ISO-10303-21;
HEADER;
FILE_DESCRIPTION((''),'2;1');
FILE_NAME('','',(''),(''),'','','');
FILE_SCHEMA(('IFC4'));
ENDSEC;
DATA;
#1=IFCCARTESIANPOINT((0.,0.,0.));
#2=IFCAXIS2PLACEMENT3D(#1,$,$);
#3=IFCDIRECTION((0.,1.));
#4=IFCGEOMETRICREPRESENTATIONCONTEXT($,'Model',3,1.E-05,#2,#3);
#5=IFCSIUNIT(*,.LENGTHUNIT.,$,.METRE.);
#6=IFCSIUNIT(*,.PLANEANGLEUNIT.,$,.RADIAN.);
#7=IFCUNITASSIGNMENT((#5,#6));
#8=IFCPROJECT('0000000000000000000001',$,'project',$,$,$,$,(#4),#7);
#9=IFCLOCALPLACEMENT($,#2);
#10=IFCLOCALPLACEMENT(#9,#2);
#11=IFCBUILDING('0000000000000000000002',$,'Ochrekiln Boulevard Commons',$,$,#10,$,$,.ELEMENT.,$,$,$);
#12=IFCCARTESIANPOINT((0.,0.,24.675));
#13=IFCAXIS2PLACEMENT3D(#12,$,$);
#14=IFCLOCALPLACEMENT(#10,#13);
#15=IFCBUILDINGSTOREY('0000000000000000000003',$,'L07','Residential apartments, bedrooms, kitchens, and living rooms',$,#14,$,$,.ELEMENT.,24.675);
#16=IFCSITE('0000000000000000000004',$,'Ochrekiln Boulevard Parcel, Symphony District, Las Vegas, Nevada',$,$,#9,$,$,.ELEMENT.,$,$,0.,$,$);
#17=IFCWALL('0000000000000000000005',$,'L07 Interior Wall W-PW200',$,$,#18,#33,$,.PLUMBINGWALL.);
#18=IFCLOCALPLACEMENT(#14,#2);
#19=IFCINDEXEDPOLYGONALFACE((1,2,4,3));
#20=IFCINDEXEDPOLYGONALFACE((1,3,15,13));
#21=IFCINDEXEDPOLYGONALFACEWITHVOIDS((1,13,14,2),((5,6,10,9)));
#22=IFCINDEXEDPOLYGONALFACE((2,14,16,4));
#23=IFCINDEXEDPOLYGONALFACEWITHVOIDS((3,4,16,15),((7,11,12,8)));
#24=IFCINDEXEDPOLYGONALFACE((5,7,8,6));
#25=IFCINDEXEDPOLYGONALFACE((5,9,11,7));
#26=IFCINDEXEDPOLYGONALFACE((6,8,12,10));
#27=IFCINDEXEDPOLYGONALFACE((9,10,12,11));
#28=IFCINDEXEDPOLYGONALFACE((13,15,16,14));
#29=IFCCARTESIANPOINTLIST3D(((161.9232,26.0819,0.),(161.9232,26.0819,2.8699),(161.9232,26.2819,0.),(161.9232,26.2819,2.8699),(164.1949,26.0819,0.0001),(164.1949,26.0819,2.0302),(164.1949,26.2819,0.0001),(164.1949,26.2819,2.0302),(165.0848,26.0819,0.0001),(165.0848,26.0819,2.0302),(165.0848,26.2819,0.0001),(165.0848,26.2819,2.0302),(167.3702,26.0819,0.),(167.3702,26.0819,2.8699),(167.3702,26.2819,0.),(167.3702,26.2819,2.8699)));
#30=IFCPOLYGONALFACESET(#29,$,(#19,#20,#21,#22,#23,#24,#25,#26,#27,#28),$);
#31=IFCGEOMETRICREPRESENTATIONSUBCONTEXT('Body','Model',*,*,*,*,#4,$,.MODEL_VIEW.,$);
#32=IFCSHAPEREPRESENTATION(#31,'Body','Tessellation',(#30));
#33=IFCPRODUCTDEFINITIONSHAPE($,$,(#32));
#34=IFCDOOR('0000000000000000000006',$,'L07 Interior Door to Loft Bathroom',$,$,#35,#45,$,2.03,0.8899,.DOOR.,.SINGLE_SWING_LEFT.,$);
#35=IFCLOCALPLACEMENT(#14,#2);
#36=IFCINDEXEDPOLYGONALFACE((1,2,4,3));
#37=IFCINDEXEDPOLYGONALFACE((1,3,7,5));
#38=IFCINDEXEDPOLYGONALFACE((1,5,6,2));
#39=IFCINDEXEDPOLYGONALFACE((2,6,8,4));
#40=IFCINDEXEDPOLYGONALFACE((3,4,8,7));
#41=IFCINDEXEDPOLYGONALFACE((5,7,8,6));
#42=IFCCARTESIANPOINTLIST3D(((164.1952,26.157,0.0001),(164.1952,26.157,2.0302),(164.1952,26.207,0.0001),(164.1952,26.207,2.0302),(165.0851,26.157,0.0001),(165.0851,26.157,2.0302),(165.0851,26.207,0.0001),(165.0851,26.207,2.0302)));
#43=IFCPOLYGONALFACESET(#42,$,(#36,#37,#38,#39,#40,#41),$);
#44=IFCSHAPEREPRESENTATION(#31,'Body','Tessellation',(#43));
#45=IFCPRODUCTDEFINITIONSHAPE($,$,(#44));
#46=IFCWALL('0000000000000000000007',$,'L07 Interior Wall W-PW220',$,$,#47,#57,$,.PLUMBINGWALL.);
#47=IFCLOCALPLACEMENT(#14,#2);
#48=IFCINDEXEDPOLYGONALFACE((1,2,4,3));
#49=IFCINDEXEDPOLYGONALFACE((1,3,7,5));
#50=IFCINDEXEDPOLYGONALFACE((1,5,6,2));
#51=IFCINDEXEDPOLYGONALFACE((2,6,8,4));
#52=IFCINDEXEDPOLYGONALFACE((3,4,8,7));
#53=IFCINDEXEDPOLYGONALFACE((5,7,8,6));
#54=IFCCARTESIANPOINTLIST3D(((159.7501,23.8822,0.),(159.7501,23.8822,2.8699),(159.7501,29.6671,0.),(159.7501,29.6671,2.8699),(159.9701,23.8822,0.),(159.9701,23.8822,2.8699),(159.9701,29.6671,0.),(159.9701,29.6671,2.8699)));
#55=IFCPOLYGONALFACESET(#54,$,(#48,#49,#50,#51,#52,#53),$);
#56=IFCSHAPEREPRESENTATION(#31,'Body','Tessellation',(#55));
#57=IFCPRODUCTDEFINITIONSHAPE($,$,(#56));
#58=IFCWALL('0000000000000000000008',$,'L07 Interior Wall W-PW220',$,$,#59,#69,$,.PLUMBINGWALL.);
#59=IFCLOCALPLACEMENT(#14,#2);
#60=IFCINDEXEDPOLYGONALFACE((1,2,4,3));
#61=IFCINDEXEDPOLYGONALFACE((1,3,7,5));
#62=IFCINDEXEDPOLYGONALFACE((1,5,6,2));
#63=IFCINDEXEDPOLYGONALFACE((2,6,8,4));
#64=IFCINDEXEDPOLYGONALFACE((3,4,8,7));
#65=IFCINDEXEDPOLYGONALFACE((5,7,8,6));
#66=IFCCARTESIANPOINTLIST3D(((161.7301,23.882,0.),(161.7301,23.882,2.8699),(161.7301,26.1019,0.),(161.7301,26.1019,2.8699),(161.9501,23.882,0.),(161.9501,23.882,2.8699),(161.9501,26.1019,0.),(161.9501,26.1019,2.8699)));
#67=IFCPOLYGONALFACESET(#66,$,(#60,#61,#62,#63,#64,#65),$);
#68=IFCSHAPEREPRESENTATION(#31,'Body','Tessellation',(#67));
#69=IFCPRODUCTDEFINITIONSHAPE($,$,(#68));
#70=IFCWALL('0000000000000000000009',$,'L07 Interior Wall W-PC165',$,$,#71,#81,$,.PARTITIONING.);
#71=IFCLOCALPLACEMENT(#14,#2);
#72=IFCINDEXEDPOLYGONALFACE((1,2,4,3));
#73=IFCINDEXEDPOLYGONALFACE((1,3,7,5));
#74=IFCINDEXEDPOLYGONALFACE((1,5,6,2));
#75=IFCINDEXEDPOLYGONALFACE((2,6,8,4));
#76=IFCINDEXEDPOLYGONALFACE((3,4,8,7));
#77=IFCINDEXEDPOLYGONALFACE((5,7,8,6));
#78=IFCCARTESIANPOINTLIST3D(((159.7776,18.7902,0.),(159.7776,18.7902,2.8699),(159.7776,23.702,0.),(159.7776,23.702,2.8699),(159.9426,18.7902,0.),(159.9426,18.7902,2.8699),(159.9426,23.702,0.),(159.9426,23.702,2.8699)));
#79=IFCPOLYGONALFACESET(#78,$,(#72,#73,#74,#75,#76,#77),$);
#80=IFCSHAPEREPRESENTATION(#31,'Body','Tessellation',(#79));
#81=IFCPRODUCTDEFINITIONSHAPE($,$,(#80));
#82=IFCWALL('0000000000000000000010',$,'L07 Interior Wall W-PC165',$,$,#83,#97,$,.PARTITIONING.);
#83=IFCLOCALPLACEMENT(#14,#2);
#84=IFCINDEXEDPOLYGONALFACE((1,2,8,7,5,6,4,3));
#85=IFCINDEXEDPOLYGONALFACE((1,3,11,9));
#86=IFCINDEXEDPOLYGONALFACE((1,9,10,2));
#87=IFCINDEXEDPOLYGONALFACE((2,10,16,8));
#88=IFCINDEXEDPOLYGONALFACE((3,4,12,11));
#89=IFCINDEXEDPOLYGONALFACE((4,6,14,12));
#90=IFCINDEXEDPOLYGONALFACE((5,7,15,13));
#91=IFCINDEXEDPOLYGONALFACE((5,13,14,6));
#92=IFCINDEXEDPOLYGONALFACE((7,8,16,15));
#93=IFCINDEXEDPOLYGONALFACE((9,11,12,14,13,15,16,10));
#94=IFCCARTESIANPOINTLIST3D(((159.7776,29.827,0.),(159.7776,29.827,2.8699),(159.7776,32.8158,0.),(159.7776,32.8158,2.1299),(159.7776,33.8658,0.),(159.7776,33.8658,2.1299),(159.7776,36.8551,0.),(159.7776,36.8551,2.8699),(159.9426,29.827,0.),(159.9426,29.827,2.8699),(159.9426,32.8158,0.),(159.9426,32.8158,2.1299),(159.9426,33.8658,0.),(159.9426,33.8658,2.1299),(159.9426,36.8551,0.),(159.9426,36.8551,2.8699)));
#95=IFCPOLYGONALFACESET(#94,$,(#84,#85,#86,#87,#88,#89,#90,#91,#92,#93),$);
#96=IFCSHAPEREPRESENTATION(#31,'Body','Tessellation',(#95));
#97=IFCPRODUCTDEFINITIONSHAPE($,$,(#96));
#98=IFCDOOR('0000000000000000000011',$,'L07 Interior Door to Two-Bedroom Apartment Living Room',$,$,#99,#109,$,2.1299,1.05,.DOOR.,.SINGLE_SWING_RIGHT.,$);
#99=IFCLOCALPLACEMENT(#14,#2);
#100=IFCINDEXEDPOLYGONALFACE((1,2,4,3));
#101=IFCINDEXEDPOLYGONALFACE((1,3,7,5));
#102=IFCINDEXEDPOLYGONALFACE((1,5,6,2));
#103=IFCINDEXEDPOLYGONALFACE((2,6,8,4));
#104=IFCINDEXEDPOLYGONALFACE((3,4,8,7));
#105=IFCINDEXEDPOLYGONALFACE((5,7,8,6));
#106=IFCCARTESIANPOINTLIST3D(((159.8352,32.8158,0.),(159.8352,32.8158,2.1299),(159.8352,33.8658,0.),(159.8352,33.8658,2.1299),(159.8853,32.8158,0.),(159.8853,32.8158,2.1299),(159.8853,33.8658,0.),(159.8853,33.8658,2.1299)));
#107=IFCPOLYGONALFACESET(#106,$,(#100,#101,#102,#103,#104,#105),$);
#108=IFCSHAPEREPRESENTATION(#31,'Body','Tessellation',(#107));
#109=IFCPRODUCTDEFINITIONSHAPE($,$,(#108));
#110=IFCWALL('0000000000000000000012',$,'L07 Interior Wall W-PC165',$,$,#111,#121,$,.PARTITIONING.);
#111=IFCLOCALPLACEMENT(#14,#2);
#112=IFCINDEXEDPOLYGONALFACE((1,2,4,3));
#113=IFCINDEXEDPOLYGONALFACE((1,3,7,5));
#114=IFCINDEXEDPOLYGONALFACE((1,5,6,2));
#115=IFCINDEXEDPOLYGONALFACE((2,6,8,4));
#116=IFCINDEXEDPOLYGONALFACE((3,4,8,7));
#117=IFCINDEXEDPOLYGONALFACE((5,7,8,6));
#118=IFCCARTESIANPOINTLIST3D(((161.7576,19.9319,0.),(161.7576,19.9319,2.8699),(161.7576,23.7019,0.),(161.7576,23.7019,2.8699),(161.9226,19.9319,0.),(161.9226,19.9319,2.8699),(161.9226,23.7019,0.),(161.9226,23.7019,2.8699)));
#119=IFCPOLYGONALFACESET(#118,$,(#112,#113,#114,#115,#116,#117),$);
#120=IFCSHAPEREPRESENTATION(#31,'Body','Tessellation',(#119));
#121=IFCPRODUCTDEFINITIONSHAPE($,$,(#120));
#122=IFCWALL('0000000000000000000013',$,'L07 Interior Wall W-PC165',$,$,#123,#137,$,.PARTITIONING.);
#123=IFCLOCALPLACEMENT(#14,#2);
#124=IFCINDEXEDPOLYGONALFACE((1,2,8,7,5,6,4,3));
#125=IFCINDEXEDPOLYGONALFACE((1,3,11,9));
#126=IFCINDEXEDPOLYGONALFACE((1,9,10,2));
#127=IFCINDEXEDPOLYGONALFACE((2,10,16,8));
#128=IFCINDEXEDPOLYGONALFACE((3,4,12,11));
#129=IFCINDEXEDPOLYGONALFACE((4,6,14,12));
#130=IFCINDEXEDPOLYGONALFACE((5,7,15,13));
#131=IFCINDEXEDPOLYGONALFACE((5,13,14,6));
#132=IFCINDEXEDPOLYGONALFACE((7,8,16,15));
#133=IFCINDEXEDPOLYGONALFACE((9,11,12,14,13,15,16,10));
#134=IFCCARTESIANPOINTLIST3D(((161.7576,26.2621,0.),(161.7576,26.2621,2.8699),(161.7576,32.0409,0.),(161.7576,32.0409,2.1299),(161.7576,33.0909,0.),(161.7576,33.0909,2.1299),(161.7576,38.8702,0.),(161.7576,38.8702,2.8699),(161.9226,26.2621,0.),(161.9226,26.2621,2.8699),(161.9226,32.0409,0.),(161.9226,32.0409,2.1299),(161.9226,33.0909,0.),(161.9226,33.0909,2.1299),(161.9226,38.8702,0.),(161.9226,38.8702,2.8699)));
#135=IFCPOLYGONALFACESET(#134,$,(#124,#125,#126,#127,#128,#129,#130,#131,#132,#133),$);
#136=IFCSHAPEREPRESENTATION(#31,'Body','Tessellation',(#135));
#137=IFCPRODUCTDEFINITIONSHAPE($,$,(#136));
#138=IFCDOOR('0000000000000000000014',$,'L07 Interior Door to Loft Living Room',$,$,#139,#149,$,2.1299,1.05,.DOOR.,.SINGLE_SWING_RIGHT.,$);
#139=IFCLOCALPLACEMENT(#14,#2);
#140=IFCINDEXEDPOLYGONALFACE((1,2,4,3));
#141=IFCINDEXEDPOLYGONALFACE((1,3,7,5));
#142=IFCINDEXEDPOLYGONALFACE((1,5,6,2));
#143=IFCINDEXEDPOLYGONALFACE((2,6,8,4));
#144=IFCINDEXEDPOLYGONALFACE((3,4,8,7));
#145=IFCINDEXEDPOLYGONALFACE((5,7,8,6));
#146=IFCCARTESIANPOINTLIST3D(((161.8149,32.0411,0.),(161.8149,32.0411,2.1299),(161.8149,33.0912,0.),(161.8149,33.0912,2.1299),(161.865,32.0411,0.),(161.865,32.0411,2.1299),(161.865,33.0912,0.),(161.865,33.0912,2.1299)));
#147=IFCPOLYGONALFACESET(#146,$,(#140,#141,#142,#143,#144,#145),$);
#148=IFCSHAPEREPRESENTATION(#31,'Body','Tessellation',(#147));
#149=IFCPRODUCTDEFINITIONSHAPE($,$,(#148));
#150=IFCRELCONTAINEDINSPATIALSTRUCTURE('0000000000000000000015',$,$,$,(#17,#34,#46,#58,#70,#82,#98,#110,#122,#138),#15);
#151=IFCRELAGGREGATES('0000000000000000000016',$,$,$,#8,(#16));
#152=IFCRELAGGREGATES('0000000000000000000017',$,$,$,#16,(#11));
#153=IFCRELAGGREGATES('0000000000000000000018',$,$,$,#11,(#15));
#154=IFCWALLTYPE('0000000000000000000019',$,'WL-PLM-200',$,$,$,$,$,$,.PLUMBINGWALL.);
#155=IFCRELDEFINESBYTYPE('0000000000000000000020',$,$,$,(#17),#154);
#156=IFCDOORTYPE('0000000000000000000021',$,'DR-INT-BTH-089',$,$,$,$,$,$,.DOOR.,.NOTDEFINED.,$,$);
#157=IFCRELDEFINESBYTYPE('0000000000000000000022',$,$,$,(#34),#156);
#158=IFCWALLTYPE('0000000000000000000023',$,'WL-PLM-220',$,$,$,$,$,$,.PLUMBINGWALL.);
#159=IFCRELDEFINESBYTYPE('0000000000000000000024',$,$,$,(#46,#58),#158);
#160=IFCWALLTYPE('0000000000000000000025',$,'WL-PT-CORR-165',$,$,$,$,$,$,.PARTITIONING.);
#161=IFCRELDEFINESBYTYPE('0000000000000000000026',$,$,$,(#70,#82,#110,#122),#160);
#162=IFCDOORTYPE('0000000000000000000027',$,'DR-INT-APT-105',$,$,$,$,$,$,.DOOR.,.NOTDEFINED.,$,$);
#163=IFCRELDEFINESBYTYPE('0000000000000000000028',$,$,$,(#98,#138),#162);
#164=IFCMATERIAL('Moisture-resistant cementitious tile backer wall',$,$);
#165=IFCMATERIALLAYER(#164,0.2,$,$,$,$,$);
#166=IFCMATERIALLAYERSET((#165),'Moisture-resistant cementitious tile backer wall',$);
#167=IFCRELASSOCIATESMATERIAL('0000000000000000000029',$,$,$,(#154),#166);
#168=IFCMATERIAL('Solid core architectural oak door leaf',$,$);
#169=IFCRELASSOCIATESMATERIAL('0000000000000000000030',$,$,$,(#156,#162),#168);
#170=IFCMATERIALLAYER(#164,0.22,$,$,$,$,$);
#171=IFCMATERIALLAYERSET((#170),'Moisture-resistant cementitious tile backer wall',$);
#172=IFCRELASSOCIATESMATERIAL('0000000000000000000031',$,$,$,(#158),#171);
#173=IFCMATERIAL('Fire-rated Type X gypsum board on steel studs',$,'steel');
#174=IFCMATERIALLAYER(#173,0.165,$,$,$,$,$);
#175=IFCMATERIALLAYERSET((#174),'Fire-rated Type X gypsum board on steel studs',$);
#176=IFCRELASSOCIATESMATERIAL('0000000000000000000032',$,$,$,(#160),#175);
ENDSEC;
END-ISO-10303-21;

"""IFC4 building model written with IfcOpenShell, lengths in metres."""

from ifc_helpers import new_model, si_unit, direction, frame, frame_2d, origin, place, context, subcontext, project, spatial, rectangle, extrude, material, layer, layer_set, type_object, element, fill, save


model = new_model("IFC4")

# Units and contexts
model_context = context("Model", 3, precision=1e-05, world=origin(), true_north=direction((0.0, 1.0)))
body_context = subcontext(model_context, "Body", "Model", "MODEL_VIEW")
ifc_project = project(units=[si_unit("LENGTHUNIT", "METRE"), si_unit("PLANEANGLEUNIT", "RADIAN")], contexts=[model_context])

# Site, building, storey
site_placement = place(None, origin())
site = spatial("IfcSite", under=ifc_project, at=site_placement, Name="Ochrekiln Boulevard Parcel, Symphony District, Las Vegas, Nevada", CompositionType="ELEMENT", RefElevation=0.0)
building_placement = place(site_placement, origin())
building = spatial("IfcBuilding", under=site, at=building_placement, Name="Ochrekiln Boulevard Commons", CompositionType="ELEMENT")
storey_placement = place(building_placement, frame((0.0, 0.0, 24.675)))
storey = spatial("IfcBuildingStorey", under=building, at=storey_placement, Name="L07", Description="Residential apartments, bedrooms, kitchens, and living rooms", CompositionType="ELEMENT", Elevation=24.675)

# Shared definitions
ifc_material_1 = material(Name="Moisture-resistant cementitious tile backer wall")
ifc_layer_1 = layer(ifc_material_1, 0.2)
ifc_layer_set_1 = layer_set([ifc_layer_1], Name="Moisture-resistant cementitious tile backer wall")
wall_type_1 = type_object("IfcWallType", Name="WL-PLM-200", PredefinedType="PLUMBINGWALL", material=ifc_layer_set_1)

# Wall, opening, door
wall_1_placement = place(storey_placement, frame((161.9231, 26.1819, 0.0), z_axis=(0.0, 0.0, 1.0), x_axis=(1.0, 0.0, 0.0)))
wall_1 = element("IfcWall", 1, at=wall_1_placement, inside=storey, type_object=wall_type_1, Name="L07 Interior Wall W-PW200", PredefinedType="PLUMBINGWALL", context=body_context, shape_type="SweptSolid", body=[
    extrude(rectangle(XDim=5.447, YDim=0.2, at=frame_2d((2.7236, 0.0))), origin(), (0.0, 0.0, 1.0), 2.8699),
])
opening_1_placement = place(wall_1_placement, frame((2.272, 0.0, 0.0)))
opening_1 = element("IfcOpeningElement", 2, at=opening_1_placement, cuts=wall_1, PredefinedType="OPENING", context=body_context, shape_type="SweptSolid", body=[
    extrude(rectangle(XDim=0.8899, YDim=2.03, at=frame_2d((0.4448, 1.0151))), frame((0.0, 0.1099, 0.0), z_axis=(0.0, -1.0, 0.0), x_axis=(1.0, 0.0, 0.0)), (0.0, 0.0, 1.0), 0.22),
])
ifc_material_2 = material(Name="Solid core architectural oak door leaf")
door_type_1 = type_object("IfcDoorType", Name="DR-INT-BTH-089", OperationType="NOTDEFINED", PredefinedType="DOOR", material=ifc_material_2)
door_1_placement = place(opening_1_placement, frame((0.8899, 0.0, 0.0), z_axis=(0.0, 0.0, 1.0), x_axis=(-1.0, 0.0, 0.0)))
door_1 = element("IfcDoor", 3, at=door_1_placement, inside=storey, type_object=door_type_1, Name="L07 Interior Door to Loft Bathroom", OperationType="SINGLE_SWING_LEFT", OverallHeight=2.03, OverallWidth=0.8899, PredefinedType="DOOR", context=body_context, shape_type="SweptSolid", body=[
    extrude(rectangle(XDim=0.8899, YDim=2.03, at=frame_2d((0.4448, 1.0151))), frame((0.0, 0.0249, 0.0), z_axis=(0.0, -1.0, 0.0), x_axis=(1.0, 0.0, 0.0)), (0.0, 0.0, 1.0), 0.05),
])
fill(opening_1, door_1)

# Walls
ifc_layer_2 = layer(ifc_material_1, 0.22)
ifc_layer_set_2 = layer_set([ifc_layer_2], Name="Moisture-resistant cementitious tile backer wall")
wall_type_2 = type_object("IfcWallType", Name="WL-PLM-220", PredefinedType="PLUMBINGWALL", material=ifc_layer_set_2)
wall_2_placement = place(storey_placement, frame((159.8601, 23.8821, 0.0), z_axis=(0.0, 0.0, 1.0), x_axis=(0.0, 1.0, 0.0)))
element("IfcWall", 4, at=wall_2_placement, inside=storey, type_object=wall_type_2, Name="L07 Interior Wall W-PW220", PredefinedType="PLUMBINGWALL", context=body_context, shape_type="SweptSolid", body=[
    extrude(rectangle(XDim=5.7849, YDim=0.22, at=frame_2d((2.8926, 0.0))), origin(), (0.0, 0.0, 1.0), 2.8699),
])
wall_3_placement = place(storey_placement, frame((161.8401, 23.8821, 0.0), z_axis=(0.0, 0.0, 1.0), x_axis=(0.0, 1.0, 0.0)))
element("IfcWall", 5, at=wall_3_placement, inside=storey, type_object=wall_type_2, Name="L07 Interior Wall W-PW220", PredefinedType="PLUMBINGWALL", context=body_context, shape_type="SweptSolid", body=[
    extrude(rectangle(XDim=2.22, YDim=0.22, at=frame_2d((1.1099, 0.0))), origin(), (0.0, 0.0, 1.0), 2.8699),
])
ifc_material_3 = material(Name="Fire-rated Type X gypsum board on steel studs", Category="steel")
ifc_layer_3 = layer(ifc_material_3, 0.165)
ifc_layer_set_3 = layer_set([ifc_layer_3], Name="Fire-rated Type X gypsum board on steel studs")
wall_type_3 = type_object("IfcWallType", Name="WL-PT-CORR-165", PredefinedType="PARTITIONING", material=ifc_layer_set_3)
wall_4_placement = place(storey_placement, frame((159.8601, 18.79, 0.0), z_axis=(0.0, 0.0, 1.0), x_axis=(0.0, 1.0, 0.0)))
element("IfcWall", 6, at=wall_4_placement, inside=storey, type_object=wall_type_3, Name="L07 Interior Wall W-PC165", PredefinedType="PARTITIONING", context=body_context, shape_type="SweptSolid", body=[
    extrude(rectangle(XDim=4.9119, YDim=0.165, at=frame_2d((2.4561, 0.0))), origin(), (0.0, 0.0, 1.0), 2.8699),
])

# Wall, opening, door
wall_5_placement = place(storey_placement, frame((159.8601, 29.8269, 0.0), z_axis=(0.0, 0.0, 1.0), x_axis=(0.0, 1.0, 0.0)))
wall_5 = element("IfcWall", 7, at=wall_5_placement, inside=storey, type_object=wall_type_3, Name="L07 Interior Wall W-PC165", PredefinedType="PARTITIONING", context=body_context, shape_type="SweptSolid", body=[
    extrude(rectangle(XDim=7.0281, YDim=0.165, at=frame_2d((3.5142, 0.0))), origin(), (0.0, 0.0, 1.0), 2.8699),
])
opening_2_placement = place(wall_5_placement, frame((2.989, 0.0, 0.0)))
opening_2 = element("IfcOpeningElement", 8, at=opening_2_placement, cuts=wall_5, PredefinedType="OPENING", context=body_context, shape_type="SweptSolid", body=[
    extrude(rectangle(XDim=1.05, YDim=2.1299, at=frame_2d((0.5249, 1.0649))), frame((0.0, 0.0925, 0.0), z_axis=(0.0, -1.0, 0.0), x_axis=(1.0, 0.0, 0.0)), (0.0, 0.0, 1.0), 0.1851),
])
door_type_2 = type_object("IfcDoorType", Name="DR-INT-APT-105", OperationType="NOTDEFINED", PredefinedType="DOOR", material=ifc_material_2)
door_2_placement = place(opening_2_placement, origin())
door_2 = element("IfcDoor", 9, at=door_2_placement, inside=storey, type_object=door_type_2, Name="L07 Interior Door to Two-Bedroom Apartment Living Room", OperationType="SINGLE_SWING_RIGHT", OverallHeight=2.1299, OverallWidth=1.05, PredefinedType="DOOR", context=body_context, shape_type="SweptSolid", body=[
    extrude(rectangle(XDim=1.05, YDim=2.1299, at=frame_2d((0.5249, 1.0649))), frame((0.0, 0.0249, 0.0), z_axis=(0.0, -1.0, 0.0), x_axis=(1.0, 0.0, 0.0)), (0.0, 0.0, 1.0), 0.05),
])
fill(opening_2, door_2)

# Wall
wall_6_placement = place(storey_placement, frame((161.8401, 19.9319, 0.0), z_axis=(0.0, 0.0, 1.0), x_axis=(0.0, 1.0, 0.0)))
element("IfcWall", 10, at=wall_6_placement, inside=storey, type_object=wall_type_3, Name="L07 Interior Wall W-PC165", PredefinedType="PARTITIONING", context=body_context, shape_type="SweptSolid", body=[
    extrude(rectangle(XDim=3.77, YDim=0.165, at=frame_2d((1.885, 0.0))), origin(), (0.0, 0.0, 1.0), 2.8699),
])

# Wall, opening, door
wall_7_placement = place(storey_placement, frame((161.8401, 26.262, 0.0), z_axis=(0.0, 0.0, 1.0), x_axis=(0.0, 1.0, 0.0)))
wall_7 = element("IfcWall", 11, at=wall_7_placement, inside=storey, type_object=wall_type_3, Name="L07 Interior Wall W-PC165", PredefinedType="PARTITIONING", context=body_context, shape_type="SweptSolid", body=[
    extrude(rectangle(XDim=12.6082, YDim=0.165, at=frame_2d((6.3042, 0.0))), origin(), (0.0, 0.0, 1.0), 2.8699),
])
opening_3_placement = place(wall_7_placement, frame((5.7791, 0.0, 0.0)))
opening_3 = element("IfcOpeningElement", 12, at=opening_3_placement, cuts=wall_7, PredefinedType="OPENING", context=body_context, shape_type="SweptSolid", body=[
    extrude(rectangle(XDim=1.05, YDim=2.1299, at=frame_2d((0.5249, 1.0649))), frame((0.0, 0.0925, 0.0), z_axis=(0.0, -1.0, 0.0), x_axis=(1.0, 0.0, 0.0)), (0.0, 0.0, 1.0), 0.1851),
])
door_3_placement = place(opening_3_placement, frame((1.05, 0.0, 0.0), z_axis=(0.0, 0.0, 1.0), x_axis=(-1.0, 0.0, 0.0)))
door_3 = element("IfcDoor", 13, at=door_3_placement, inside=storey, type_object=door_type_2, Name="L07 Interior Door to Loft Living Room", OperationType="SINGLE_SWING_RIGHT", OverallHeight=2.1299, OverallWidth=1.05, PredefinedType="DOOR", context=body_context, shape_type="SweptSolid", body=[
    extrude(rectangle(XDim=1.05, YDim=2.1299, at=frame_2d((0.5249, 1.0649))), frame((0.0, 0.0249, 0.0), z_axis=(0.0, -1.0, 0.0), x_axis=(1.0, 0.0, 0.0)), (0.0, 0.0, 1.0), 0.05),
])
fill(opening_3, door_3)

save(model, "model.ifc")
